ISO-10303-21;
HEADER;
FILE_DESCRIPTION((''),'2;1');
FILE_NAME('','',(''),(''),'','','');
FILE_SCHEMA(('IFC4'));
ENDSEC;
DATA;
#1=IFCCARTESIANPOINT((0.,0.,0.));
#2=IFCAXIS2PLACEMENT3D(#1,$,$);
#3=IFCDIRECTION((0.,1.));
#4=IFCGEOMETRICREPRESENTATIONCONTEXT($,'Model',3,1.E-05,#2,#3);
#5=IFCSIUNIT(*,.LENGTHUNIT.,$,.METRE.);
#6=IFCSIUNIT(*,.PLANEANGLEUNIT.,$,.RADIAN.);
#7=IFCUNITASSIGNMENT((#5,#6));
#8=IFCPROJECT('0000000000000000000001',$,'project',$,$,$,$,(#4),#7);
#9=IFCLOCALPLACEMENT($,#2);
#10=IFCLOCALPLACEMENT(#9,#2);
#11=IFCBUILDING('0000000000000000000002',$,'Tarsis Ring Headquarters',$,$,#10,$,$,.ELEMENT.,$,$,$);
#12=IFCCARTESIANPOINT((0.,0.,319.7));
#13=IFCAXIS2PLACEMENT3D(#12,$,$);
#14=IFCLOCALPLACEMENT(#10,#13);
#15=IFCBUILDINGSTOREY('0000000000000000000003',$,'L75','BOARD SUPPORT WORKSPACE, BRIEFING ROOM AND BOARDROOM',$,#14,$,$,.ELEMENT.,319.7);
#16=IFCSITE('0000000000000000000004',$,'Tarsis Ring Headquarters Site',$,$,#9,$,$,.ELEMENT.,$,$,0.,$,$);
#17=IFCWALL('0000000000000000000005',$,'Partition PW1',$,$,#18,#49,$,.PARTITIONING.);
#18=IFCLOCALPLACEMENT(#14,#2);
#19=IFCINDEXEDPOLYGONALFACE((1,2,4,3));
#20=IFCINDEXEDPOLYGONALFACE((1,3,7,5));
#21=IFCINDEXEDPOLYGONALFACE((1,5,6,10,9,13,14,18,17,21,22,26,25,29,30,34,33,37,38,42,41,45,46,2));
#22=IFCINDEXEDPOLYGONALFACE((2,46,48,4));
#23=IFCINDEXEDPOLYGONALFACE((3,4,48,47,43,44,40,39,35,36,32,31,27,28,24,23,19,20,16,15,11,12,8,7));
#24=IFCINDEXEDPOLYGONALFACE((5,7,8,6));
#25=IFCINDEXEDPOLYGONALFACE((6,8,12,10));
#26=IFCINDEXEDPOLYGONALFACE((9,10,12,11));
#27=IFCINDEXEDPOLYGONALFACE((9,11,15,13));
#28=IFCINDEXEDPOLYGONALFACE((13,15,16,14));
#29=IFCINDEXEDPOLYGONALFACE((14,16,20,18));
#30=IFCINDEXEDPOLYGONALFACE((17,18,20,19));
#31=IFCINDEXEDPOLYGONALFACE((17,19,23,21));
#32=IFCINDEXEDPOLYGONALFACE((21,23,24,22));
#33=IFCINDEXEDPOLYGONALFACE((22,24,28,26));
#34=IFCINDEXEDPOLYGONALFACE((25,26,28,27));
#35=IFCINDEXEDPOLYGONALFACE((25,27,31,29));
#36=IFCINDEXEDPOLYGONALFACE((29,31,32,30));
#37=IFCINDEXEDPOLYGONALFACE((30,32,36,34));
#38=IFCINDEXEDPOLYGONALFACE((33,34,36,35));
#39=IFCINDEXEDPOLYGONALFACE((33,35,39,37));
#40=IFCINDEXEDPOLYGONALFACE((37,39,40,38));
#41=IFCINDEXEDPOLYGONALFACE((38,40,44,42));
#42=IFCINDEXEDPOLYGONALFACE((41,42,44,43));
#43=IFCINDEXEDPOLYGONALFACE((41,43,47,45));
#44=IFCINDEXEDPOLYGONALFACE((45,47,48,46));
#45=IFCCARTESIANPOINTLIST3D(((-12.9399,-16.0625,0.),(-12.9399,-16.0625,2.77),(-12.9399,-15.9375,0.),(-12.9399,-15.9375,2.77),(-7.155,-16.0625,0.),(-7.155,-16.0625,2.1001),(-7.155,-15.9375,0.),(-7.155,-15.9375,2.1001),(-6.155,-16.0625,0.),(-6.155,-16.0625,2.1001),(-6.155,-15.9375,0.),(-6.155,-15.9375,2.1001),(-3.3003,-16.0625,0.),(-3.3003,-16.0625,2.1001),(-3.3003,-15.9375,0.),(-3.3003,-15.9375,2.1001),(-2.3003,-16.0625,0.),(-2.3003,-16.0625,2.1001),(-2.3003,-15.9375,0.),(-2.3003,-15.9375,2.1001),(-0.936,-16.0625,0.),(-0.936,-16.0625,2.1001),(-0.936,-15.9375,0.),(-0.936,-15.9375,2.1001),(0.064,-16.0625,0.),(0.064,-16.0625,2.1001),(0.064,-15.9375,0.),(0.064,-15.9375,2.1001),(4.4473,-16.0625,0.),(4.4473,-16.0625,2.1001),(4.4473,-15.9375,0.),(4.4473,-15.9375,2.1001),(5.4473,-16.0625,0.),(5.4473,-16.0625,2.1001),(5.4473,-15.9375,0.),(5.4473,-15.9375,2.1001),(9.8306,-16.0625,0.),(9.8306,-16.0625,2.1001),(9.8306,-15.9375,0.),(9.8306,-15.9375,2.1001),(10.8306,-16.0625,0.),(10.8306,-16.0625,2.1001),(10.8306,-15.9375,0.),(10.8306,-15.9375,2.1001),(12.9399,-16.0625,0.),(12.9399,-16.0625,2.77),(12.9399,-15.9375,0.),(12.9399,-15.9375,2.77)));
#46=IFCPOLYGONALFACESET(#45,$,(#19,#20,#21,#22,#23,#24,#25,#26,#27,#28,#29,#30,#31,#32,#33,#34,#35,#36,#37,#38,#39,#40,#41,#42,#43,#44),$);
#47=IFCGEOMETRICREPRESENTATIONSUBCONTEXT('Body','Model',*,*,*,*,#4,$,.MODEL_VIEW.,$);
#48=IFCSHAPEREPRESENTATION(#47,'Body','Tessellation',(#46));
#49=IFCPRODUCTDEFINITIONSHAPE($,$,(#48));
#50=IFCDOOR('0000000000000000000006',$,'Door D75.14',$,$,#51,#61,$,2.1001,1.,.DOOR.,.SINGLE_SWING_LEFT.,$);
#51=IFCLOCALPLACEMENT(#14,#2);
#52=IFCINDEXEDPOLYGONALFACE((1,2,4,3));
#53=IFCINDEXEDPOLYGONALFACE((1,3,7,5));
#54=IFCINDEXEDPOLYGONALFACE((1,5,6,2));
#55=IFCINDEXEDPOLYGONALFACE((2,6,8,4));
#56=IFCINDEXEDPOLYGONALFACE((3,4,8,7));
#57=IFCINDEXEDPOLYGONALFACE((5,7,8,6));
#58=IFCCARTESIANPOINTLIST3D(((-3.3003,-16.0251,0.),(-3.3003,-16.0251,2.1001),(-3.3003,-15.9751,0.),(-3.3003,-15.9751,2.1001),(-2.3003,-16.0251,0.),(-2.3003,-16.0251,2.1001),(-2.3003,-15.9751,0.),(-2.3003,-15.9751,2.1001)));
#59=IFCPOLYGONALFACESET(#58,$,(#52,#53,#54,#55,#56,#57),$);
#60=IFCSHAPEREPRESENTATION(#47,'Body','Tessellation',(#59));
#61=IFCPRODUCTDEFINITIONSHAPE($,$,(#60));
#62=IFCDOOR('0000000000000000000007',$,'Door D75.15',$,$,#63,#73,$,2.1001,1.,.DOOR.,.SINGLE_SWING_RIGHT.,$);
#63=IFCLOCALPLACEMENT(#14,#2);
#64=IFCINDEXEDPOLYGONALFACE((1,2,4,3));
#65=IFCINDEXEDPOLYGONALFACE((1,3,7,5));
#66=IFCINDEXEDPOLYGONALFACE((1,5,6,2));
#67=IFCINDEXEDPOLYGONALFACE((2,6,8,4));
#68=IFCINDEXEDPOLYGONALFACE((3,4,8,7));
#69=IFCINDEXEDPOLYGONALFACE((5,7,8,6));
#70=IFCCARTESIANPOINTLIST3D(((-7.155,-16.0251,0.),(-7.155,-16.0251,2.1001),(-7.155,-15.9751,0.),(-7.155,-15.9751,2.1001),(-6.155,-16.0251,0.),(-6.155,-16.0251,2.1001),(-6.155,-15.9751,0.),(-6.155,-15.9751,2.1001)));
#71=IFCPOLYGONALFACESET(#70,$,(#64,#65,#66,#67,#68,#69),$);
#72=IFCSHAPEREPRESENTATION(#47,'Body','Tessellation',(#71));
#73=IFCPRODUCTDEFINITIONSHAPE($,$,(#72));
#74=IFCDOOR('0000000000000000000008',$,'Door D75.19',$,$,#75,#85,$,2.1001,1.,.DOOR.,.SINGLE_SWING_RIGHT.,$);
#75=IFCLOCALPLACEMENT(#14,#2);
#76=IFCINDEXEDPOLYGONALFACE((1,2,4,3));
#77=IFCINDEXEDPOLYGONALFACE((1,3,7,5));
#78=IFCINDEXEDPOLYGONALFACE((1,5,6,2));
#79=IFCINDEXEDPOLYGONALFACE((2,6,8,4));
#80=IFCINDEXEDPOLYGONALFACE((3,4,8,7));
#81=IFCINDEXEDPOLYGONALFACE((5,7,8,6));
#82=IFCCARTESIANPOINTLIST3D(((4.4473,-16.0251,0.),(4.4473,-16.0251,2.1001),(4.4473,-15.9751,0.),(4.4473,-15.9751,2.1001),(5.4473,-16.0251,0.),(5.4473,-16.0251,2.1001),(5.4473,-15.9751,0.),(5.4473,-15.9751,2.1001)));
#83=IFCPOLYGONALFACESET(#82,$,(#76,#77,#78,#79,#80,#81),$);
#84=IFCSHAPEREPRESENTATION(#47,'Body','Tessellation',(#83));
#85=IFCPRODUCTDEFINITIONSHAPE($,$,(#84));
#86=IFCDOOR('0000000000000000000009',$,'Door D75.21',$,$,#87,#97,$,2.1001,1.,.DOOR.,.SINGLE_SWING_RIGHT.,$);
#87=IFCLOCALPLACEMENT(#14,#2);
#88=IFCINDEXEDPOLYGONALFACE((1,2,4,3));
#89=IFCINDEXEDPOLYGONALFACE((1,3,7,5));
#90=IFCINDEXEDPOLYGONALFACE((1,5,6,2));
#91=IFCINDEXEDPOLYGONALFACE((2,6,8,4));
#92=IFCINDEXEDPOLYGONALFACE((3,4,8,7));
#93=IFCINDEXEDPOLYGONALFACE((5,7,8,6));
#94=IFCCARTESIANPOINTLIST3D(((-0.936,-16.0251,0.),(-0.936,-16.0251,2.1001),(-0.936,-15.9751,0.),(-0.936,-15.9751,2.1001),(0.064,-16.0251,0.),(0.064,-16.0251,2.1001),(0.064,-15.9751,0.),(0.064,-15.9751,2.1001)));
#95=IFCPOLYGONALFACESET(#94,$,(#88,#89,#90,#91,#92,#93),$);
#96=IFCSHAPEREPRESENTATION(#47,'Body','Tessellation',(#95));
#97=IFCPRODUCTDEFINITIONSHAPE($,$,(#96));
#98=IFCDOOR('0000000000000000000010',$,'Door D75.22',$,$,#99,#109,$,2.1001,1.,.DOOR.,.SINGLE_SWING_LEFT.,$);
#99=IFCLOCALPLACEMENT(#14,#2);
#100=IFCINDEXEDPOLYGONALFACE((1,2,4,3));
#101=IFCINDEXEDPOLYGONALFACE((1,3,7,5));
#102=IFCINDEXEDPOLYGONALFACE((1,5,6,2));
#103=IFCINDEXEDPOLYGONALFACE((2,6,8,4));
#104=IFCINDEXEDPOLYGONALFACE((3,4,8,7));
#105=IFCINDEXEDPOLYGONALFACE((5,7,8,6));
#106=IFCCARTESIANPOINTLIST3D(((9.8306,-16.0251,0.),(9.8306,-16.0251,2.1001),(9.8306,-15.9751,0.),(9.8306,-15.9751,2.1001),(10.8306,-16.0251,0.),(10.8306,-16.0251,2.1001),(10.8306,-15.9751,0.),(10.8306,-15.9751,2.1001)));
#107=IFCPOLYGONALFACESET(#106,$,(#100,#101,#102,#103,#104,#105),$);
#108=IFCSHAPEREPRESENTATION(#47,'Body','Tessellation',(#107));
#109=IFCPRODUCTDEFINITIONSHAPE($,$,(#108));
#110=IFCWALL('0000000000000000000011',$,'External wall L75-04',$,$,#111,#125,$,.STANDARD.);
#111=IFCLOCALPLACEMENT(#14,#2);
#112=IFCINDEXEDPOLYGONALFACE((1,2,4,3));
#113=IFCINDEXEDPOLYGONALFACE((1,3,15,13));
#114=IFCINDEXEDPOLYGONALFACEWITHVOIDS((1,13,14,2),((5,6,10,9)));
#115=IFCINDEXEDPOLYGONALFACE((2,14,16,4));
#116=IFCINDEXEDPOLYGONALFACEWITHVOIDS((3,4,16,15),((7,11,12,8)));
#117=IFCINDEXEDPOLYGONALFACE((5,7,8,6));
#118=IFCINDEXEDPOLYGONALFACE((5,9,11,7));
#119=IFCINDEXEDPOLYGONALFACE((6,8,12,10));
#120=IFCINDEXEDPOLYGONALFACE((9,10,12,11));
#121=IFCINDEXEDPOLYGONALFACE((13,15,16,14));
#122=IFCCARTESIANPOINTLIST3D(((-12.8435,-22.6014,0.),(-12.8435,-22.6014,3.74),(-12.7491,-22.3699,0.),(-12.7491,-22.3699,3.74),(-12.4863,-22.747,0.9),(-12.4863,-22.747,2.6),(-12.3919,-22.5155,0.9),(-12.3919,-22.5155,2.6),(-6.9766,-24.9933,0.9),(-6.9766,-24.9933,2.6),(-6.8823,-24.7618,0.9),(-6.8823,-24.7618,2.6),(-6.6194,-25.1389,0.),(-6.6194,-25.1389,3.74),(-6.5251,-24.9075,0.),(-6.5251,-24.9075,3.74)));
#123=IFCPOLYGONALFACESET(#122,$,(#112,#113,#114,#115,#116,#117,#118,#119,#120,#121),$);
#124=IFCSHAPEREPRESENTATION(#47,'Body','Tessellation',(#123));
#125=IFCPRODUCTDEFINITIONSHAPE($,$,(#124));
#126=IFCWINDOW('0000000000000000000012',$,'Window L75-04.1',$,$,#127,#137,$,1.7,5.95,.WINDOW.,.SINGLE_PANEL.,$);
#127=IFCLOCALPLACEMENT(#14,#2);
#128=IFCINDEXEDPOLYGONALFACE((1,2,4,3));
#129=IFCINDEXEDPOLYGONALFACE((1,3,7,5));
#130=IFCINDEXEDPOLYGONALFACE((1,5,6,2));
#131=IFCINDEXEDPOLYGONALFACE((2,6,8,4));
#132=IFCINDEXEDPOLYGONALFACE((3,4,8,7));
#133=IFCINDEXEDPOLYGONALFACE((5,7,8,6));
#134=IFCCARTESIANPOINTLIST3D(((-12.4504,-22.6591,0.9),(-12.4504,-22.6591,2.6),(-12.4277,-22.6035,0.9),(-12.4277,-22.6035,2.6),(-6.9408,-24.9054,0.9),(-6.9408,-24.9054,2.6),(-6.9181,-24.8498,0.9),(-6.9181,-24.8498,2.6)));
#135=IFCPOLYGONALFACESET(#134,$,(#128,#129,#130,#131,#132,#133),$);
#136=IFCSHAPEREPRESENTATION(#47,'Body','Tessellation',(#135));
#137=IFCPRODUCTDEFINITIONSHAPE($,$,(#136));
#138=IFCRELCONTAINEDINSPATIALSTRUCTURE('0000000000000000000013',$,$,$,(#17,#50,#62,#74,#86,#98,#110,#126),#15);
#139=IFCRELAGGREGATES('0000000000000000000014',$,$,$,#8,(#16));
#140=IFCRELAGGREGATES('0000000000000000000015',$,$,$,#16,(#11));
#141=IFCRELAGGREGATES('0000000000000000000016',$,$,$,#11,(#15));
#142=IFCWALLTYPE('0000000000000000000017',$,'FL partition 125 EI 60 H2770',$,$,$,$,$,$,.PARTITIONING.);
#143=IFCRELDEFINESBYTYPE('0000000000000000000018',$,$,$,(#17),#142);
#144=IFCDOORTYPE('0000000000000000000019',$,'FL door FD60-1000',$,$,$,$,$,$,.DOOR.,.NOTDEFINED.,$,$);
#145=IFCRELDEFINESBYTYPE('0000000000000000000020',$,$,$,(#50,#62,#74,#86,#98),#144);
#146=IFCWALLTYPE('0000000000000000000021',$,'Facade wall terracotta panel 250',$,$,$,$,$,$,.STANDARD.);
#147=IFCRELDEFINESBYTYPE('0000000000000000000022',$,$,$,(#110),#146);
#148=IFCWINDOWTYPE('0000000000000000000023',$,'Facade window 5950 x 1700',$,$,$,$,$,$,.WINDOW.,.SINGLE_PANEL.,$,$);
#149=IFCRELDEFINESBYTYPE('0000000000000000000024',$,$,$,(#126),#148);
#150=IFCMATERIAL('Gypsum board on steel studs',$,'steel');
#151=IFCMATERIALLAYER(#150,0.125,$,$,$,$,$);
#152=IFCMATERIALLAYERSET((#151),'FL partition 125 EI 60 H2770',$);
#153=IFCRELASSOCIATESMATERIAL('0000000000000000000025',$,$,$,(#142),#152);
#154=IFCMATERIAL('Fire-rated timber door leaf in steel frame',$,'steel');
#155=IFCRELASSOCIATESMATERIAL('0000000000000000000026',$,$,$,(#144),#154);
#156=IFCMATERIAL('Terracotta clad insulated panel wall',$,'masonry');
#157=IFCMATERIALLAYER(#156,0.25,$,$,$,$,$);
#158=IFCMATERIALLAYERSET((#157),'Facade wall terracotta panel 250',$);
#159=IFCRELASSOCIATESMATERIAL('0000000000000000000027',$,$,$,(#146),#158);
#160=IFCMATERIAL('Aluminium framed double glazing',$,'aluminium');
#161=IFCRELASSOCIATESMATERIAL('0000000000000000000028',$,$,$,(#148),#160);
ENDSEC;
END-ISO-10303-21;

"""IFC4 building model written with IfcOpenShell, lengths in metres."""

from ifc_helpers import new_model, si_unit, direction, frame, frame_2d, origin, place, context, subcontext, project, spatial, rectangle, extrude, material, layer, layer_set, type_object, element, fill, save


model = new_model("IFC4")

# Units and contexts
model_context = context("Model", 3, precision=1e-05, world=origin(), true_north=direction((0.0, 1.0)))
body_context = subcontext(model_context, "Body", "Model", "MODEL_VIEW")
ifc_project = project(units=[si_unit("LENGTHUNIT", "METRE"), si_unit("PLANEANGLEUNIT", "RADIAN")], contexts=[model_context])

# Site, building, storey
site_placement = place(None, origin())
site = spatial("IfcSite", under=ifc_project, at=site_placement, Name="Tarsis Ring Headquarters Site", CompositionType="ELEMENT", RefElevation=0.0)
building_placement = place(site_placement, origin())
building = spatial("IfcBuilding", under=site, at=building_placement, Name="Tarsis Ring Headquarters", CompositionType="ELEMENT")
storey_placement = place(building_placement, frame((0.0, 0.0, 319.7)))
storey = spatial("IfcBuildingStorey", under=building, at=storey_placement, Name="L75", Description="BOARD SUPPORT WORKSPACE, BRIEFING ROOM AND BOARDROOM", CompositionType="ELEMENT", Elevation=319.7)

# Shared definitions
ifc_material_1 = material(Name="Gypsum board on steel studs", Category="steel")

# Wall, openings, doors
ifc_layer_1 = layer(ifc_material_1, 0.125)
ifc_layer_set_1 = layer_set([ifc_layer_1], Name="FL partition 125 EI 60 H2770")
wall_type_1 = type_object("IfcWallType", Name="FL partition 125 EI 60 H2770", PredefinedType="PARTITIONING", material=ifc_layer_set_1)
ifc_material_2 = material(Name="Fire-rated timber door leaf in steel frame", Category="steel")
door_type_1 = type_object("IfcDoorType", Name="FL door FD60-1000", OperationType="NOTDEFINED", PredefinedType="DOOR", material=ifc_material_2)
wall_1_placement = place(storey_placement, frame((-12.9399, -16.0, 0.0), z_axis=(0.0, 0.0, 1.0), x_axis=(1.0, 0.0, 0.0)))
wall_1 = element("IfcWall", 1, at=wall_1_placement, inside=storey, type_object=wall_type_1, Name="Partition PW1", PredefinedType="PARTITIONING", context=body_context, shape_type="SweptSolid", body=[
    extrude(rectangle(XDim=25.8799, YDim=0.125, at=frame_2d((12.9399, 0.0))), origin(), (0.0, 0.0, 1.0), 2.77),
])
opening_1_placement = place(wall_1_placement, frame((9.6396, 0.0, 0.0)))
opening_1 = element("IfcOpeningElement", 2, at=opening_1_placement, cuts=wall_1, PredefinedType="OPENING", context=body_context, shape_type="SweptSolid", body=[
    extrude(rectangle(XDim=1.0, YDim=2.1001, at=frame_2d((0.5, 1.05))), frame((0.0, 0.0725, 0.0), z_axis=(0.0, -1.0, 0.0), x_axis=(1.0, 0.0, 0.0)), (0.0, 0.0, 1.0), 0.145),
])
opening_2_placement = place(wall_1_placement, frame((5.7849, 0.0, 0.0)))
opening_2 = element("IfcOpeningElement", 3, at=opening_2_placement, cuts=wall_1, PredefinedType="OPENING", context=body_context, shape_type="SweptSolid", body=[
    extrude(rectangle(XDim=1.0, YDim=2.1001, at=frame_2d((0.5, 1.05))), frame((0.0, 0.0725, 0.0), z_axis=(0.0, -1.0, 0.0), x_axis=(1.0, 0.0, 0.0)), (0.0, 0.0, 1.0), 0.145),
])
opening_3_placement = place(wall_1_placement, frame((17.3872, 0.0, 0.0)))
opening_3 = element("IfcOpeningElement", 4, at=opening_3_placement, cuts=wall_1, PredefinedType="OPENING", context=body_context, shape_type="SweptSolid", body=[
    extrude(rectangle(XDim=1.0, YDim=2.1001, at=frame_2d((0.5, 1.05))), frame((0.0, 0.0725, 0.0), z_axis=(0.0, -1.0, 0.0), x_axis=(1.0, 0.0, 0.0)), (0.0, 0.0, 1.0), 0.145),
])
opening_4_placement = place(wall_1_placement, frame((12.0039, 0.0, 0.0)))
opening_4 = element("IfcOpeningElement", 5, at=opening_4_placement, cuts=wall_1, PredefinedType="OPENING", context=body_context, shape_type="SweptSolid", body=[
    extrude(rectangle(XDim=1.0, YDim=2.1001, at=frame_2d((0.5, 1.05))), frame((0.0, 0.0725, 0.0), z_axis=(0.0, -1.0, 0.0), x_axis=(1.0, 0.0, 0.0)), (0.0, 0.0, 1.0), 0.145),
])
opening_5_placement = place(wall_1_placement, frame((22.7705, 0.0, 0.0)))
opening_5 = element("IfcOpeningElement", 6, at=opening_5_placement, cuts=wall_1, PredefinedType="OPENING", context=body_context, shape_type="SweptSolid", body=[
    extrude(rectangle(XDim=1.0, YDim=2.1001, at=frame_2d((0.5, 1.05))), frame((0.0, 0.0725, 0.0), z_axis=(0.0, -1.0, 0.0), x_axis=(1.0, 0.0, 0.0)), (0.0, 0.0, 1.0), 0.145),
])
door_1_placement = place(opening_1_placement, origin())
door_1 = element("IfcDoor", 7, at=door_1_placement, inside=storey, type_object=door_type_1, Name="Door D75.14", OperationType="SINGLE_SWING_LEFT", OverallHeight=2.1001, OverallWidth=1.0, PredefinedType="DOOR", context=body_context, shape_type="SweptSolid", body=[
    extrude(rectangle(XDim=1.0, YDim=2.1001, at=frame_2d((0.5, 1.05))), frame((0.0, 0.0249, 0.0), z_axis=(0.0, -1.0, 0.0), x_axis=(1.0, 0.0, 0.0)), (0.0, 0.0, 1.0), 0.05),
])
fill(opening_1, door_1)
door_2_placement = place(opening_2_placement, origin())
door_2 = element("IfcDoor", 8, at=door_2_placement, inside=storey, type_object=door_type_1, Name="Door D75.15", OperationType="SINGLE_SWING_RIGHT", OverallHeight=2.1001, OverallWidth=1.0, PredefinedType="DOOR", context=body_context, shape_type="SweptSolid", body=[
    extrude(rectangle(XDim=1.0, YDim=2.1001, at=frame_2d((0.5, 1.05))), frame((0.0, 0.0249, 0.0), z_axis=(0.0, -1.0, 0.0), x_axis=(1.0, 0.0, 0.0)), (0.0, 0.0, 1.0), 0.05),
])
fill(opening_2, door_2)
door_3_placement = place(opening_3_placement, origin())
door_3 = element("IfcDoor", 9, at=door_3_placement, inside=storey, type_object=door_type_1, Name="Door D75.19", OperationType="SINGLE_SWING_RIGHT", OverallHeight=2.1001, OverallWidth=1.0, PredefinedType="DOOR", context=body_context, shape_type="SweptSolid", body=[
    extrude(rectangle(XDim=1.0, YDim=2.1001, at=frame_2d((0.5, 1.05))), frame((0.0, 0.0249, 0.0), z_axis=(0.0, -1.0, 0.0), x_axis=(1.0, 0.0, 0.0)), (0.0, 0.0, 1.0), 0.05),
])
fill(opening_3, door_3)
door_4_placement = place(opening_4_placement, origin())
door_4 = element("IfcDoor", 10, at=door_4_placement, inside=storey, type_object=door_type_1, Name="Door D75.21", OperationType="SINGLE_SWING_RIGHT", OverallHeight=2.1001, OverallWidth=1.0, PredefinedType="DOOR", context=body_context, shape_type="SweptSolid", body=[
    extrude(rectangle(XDim=1.0, YDim=2.1001, at=frame_2d((0.5, 1.05))), frame((0.0, 0.0249, 0.0), z_axis=(0.0, -1.0, 0.0), x_axis=(1.0, 0.0, 0.0)), (0.0, 0.0, 1.0), 0.05),
])
fill(opening_4, door_4)
door_5_placement = place(opening_5_placement, origin())
door_5 = element("IfcDoor", 11, at=door_5_placement, inside=storey, type_object=door_type_1, Name="Door D75.22", OperationType="SINGLE_SWING_LEFT", OverallHeight=2.1001, OverallWidth=1.0, PredefinedType="DOOR", context=body_context, shape_type="SweptSolid", body=[
    extrude(rectangle(XDim=1.0, YDim=2.1001, at=frame_2d((0.5, 1.05))), frame((0.0, 0.0249, 0.0), z_axis=(0.0, -1.0, 0.0), x_axis=(1.0, 0.0, 0.0)), (0.0, 0.0, 1.0), 0.05),
])
fill(opening_5, door_5)

# Wall, opening, window
ifc_material_3 = material(Name="Terracotta clad insulated panel wall", Category="masonry")
ifc_layer_2 = layer(ifc_material_3, 0.25)
ifc_layer_set_2 = layer_set([ifc_layer_2], Name="Facade wall terracotta panel 250")
wall_type_2 = type_object("IfcWallType", Name="Facade wall terracotta panel 250", PredefinedType="STANDARD", material=ifc_layer_set_2)
wall_2_placement = place(storey_placement, frame((-12.7964, -22.4856, 0.0), z_axis=(0.0, 0.0, 1.0), x_axis=(0.925996, -0.377532, 0.0)))
wall_2 = element("IfcWall", 12, at=wall_2_placement, inside=storey, type_object=wall_type_2, Name="External wall L75-04", PredefinedType="STANDARD", context=body_context, shape_type="SweptSolid", body=[
    extrude(rectangle(XDim=6.7214, YDim=0.25, at=frame_2d((3.3608, 0.0))), origin(), (0.0, 0.0, 1.0), 3.74),
])
opening_6_placement = place(wall_2_placement, frame((0.3857, 0.0, 0.8999)))
opening_6 = element("IfcOpeningElement", 13, at=opening_6_placement, cuts=wall_2, PredefinedType="OPENING", context=body_context, shape_type="SweptSolid", body=[
    extrude(rectangle(XDim=5.95, YDim=1.7, at=frame_2d((2.9751, 0.8501))), frame((0.0, 0.135, 0.0), z_axis=(0.0, -1.0, 0.0), x_axis=(1.0, 0.0, 0.0)), (0.0, 0.0, 1.0), 0.27),
])
ifc_material_4 = material(Name="Aluminium framed double glazing", Category="aluminium")
window_type = type_object("IfcWindowType", Name="Facade window 5950 x 1700", PartitioningType="SINGLE_PANEL", PredefinedType="WINDOW", material=ifc_material_4)
window_placement = place(opening_6_placement, origin())
window = element("IfcWindow", 14, at=window_placement, inside=storey, type_object=window_type, Name="Window L75-04.1", OverallHeight=1.7, OverallWidth=5.95, PartitioningType="SINGLE_PANEL", PredefinedType="WINDOW", context=body_context, shape_type="SweptSolid", body=[
    extrude(rectangle(XDim=5.95, YDim=1.7, at=frame_2d((2.9751, 0.8501))), frame((0.0, 0.03, 0.0), z_axis=(0.0, -1.0, 0.0), x_axis=(1.0, 0.0, 0.0)), (0.0, 0.0, 1.0), 0.0601),
])
fill(opening_6, window)

save(model, "model.ifc")
